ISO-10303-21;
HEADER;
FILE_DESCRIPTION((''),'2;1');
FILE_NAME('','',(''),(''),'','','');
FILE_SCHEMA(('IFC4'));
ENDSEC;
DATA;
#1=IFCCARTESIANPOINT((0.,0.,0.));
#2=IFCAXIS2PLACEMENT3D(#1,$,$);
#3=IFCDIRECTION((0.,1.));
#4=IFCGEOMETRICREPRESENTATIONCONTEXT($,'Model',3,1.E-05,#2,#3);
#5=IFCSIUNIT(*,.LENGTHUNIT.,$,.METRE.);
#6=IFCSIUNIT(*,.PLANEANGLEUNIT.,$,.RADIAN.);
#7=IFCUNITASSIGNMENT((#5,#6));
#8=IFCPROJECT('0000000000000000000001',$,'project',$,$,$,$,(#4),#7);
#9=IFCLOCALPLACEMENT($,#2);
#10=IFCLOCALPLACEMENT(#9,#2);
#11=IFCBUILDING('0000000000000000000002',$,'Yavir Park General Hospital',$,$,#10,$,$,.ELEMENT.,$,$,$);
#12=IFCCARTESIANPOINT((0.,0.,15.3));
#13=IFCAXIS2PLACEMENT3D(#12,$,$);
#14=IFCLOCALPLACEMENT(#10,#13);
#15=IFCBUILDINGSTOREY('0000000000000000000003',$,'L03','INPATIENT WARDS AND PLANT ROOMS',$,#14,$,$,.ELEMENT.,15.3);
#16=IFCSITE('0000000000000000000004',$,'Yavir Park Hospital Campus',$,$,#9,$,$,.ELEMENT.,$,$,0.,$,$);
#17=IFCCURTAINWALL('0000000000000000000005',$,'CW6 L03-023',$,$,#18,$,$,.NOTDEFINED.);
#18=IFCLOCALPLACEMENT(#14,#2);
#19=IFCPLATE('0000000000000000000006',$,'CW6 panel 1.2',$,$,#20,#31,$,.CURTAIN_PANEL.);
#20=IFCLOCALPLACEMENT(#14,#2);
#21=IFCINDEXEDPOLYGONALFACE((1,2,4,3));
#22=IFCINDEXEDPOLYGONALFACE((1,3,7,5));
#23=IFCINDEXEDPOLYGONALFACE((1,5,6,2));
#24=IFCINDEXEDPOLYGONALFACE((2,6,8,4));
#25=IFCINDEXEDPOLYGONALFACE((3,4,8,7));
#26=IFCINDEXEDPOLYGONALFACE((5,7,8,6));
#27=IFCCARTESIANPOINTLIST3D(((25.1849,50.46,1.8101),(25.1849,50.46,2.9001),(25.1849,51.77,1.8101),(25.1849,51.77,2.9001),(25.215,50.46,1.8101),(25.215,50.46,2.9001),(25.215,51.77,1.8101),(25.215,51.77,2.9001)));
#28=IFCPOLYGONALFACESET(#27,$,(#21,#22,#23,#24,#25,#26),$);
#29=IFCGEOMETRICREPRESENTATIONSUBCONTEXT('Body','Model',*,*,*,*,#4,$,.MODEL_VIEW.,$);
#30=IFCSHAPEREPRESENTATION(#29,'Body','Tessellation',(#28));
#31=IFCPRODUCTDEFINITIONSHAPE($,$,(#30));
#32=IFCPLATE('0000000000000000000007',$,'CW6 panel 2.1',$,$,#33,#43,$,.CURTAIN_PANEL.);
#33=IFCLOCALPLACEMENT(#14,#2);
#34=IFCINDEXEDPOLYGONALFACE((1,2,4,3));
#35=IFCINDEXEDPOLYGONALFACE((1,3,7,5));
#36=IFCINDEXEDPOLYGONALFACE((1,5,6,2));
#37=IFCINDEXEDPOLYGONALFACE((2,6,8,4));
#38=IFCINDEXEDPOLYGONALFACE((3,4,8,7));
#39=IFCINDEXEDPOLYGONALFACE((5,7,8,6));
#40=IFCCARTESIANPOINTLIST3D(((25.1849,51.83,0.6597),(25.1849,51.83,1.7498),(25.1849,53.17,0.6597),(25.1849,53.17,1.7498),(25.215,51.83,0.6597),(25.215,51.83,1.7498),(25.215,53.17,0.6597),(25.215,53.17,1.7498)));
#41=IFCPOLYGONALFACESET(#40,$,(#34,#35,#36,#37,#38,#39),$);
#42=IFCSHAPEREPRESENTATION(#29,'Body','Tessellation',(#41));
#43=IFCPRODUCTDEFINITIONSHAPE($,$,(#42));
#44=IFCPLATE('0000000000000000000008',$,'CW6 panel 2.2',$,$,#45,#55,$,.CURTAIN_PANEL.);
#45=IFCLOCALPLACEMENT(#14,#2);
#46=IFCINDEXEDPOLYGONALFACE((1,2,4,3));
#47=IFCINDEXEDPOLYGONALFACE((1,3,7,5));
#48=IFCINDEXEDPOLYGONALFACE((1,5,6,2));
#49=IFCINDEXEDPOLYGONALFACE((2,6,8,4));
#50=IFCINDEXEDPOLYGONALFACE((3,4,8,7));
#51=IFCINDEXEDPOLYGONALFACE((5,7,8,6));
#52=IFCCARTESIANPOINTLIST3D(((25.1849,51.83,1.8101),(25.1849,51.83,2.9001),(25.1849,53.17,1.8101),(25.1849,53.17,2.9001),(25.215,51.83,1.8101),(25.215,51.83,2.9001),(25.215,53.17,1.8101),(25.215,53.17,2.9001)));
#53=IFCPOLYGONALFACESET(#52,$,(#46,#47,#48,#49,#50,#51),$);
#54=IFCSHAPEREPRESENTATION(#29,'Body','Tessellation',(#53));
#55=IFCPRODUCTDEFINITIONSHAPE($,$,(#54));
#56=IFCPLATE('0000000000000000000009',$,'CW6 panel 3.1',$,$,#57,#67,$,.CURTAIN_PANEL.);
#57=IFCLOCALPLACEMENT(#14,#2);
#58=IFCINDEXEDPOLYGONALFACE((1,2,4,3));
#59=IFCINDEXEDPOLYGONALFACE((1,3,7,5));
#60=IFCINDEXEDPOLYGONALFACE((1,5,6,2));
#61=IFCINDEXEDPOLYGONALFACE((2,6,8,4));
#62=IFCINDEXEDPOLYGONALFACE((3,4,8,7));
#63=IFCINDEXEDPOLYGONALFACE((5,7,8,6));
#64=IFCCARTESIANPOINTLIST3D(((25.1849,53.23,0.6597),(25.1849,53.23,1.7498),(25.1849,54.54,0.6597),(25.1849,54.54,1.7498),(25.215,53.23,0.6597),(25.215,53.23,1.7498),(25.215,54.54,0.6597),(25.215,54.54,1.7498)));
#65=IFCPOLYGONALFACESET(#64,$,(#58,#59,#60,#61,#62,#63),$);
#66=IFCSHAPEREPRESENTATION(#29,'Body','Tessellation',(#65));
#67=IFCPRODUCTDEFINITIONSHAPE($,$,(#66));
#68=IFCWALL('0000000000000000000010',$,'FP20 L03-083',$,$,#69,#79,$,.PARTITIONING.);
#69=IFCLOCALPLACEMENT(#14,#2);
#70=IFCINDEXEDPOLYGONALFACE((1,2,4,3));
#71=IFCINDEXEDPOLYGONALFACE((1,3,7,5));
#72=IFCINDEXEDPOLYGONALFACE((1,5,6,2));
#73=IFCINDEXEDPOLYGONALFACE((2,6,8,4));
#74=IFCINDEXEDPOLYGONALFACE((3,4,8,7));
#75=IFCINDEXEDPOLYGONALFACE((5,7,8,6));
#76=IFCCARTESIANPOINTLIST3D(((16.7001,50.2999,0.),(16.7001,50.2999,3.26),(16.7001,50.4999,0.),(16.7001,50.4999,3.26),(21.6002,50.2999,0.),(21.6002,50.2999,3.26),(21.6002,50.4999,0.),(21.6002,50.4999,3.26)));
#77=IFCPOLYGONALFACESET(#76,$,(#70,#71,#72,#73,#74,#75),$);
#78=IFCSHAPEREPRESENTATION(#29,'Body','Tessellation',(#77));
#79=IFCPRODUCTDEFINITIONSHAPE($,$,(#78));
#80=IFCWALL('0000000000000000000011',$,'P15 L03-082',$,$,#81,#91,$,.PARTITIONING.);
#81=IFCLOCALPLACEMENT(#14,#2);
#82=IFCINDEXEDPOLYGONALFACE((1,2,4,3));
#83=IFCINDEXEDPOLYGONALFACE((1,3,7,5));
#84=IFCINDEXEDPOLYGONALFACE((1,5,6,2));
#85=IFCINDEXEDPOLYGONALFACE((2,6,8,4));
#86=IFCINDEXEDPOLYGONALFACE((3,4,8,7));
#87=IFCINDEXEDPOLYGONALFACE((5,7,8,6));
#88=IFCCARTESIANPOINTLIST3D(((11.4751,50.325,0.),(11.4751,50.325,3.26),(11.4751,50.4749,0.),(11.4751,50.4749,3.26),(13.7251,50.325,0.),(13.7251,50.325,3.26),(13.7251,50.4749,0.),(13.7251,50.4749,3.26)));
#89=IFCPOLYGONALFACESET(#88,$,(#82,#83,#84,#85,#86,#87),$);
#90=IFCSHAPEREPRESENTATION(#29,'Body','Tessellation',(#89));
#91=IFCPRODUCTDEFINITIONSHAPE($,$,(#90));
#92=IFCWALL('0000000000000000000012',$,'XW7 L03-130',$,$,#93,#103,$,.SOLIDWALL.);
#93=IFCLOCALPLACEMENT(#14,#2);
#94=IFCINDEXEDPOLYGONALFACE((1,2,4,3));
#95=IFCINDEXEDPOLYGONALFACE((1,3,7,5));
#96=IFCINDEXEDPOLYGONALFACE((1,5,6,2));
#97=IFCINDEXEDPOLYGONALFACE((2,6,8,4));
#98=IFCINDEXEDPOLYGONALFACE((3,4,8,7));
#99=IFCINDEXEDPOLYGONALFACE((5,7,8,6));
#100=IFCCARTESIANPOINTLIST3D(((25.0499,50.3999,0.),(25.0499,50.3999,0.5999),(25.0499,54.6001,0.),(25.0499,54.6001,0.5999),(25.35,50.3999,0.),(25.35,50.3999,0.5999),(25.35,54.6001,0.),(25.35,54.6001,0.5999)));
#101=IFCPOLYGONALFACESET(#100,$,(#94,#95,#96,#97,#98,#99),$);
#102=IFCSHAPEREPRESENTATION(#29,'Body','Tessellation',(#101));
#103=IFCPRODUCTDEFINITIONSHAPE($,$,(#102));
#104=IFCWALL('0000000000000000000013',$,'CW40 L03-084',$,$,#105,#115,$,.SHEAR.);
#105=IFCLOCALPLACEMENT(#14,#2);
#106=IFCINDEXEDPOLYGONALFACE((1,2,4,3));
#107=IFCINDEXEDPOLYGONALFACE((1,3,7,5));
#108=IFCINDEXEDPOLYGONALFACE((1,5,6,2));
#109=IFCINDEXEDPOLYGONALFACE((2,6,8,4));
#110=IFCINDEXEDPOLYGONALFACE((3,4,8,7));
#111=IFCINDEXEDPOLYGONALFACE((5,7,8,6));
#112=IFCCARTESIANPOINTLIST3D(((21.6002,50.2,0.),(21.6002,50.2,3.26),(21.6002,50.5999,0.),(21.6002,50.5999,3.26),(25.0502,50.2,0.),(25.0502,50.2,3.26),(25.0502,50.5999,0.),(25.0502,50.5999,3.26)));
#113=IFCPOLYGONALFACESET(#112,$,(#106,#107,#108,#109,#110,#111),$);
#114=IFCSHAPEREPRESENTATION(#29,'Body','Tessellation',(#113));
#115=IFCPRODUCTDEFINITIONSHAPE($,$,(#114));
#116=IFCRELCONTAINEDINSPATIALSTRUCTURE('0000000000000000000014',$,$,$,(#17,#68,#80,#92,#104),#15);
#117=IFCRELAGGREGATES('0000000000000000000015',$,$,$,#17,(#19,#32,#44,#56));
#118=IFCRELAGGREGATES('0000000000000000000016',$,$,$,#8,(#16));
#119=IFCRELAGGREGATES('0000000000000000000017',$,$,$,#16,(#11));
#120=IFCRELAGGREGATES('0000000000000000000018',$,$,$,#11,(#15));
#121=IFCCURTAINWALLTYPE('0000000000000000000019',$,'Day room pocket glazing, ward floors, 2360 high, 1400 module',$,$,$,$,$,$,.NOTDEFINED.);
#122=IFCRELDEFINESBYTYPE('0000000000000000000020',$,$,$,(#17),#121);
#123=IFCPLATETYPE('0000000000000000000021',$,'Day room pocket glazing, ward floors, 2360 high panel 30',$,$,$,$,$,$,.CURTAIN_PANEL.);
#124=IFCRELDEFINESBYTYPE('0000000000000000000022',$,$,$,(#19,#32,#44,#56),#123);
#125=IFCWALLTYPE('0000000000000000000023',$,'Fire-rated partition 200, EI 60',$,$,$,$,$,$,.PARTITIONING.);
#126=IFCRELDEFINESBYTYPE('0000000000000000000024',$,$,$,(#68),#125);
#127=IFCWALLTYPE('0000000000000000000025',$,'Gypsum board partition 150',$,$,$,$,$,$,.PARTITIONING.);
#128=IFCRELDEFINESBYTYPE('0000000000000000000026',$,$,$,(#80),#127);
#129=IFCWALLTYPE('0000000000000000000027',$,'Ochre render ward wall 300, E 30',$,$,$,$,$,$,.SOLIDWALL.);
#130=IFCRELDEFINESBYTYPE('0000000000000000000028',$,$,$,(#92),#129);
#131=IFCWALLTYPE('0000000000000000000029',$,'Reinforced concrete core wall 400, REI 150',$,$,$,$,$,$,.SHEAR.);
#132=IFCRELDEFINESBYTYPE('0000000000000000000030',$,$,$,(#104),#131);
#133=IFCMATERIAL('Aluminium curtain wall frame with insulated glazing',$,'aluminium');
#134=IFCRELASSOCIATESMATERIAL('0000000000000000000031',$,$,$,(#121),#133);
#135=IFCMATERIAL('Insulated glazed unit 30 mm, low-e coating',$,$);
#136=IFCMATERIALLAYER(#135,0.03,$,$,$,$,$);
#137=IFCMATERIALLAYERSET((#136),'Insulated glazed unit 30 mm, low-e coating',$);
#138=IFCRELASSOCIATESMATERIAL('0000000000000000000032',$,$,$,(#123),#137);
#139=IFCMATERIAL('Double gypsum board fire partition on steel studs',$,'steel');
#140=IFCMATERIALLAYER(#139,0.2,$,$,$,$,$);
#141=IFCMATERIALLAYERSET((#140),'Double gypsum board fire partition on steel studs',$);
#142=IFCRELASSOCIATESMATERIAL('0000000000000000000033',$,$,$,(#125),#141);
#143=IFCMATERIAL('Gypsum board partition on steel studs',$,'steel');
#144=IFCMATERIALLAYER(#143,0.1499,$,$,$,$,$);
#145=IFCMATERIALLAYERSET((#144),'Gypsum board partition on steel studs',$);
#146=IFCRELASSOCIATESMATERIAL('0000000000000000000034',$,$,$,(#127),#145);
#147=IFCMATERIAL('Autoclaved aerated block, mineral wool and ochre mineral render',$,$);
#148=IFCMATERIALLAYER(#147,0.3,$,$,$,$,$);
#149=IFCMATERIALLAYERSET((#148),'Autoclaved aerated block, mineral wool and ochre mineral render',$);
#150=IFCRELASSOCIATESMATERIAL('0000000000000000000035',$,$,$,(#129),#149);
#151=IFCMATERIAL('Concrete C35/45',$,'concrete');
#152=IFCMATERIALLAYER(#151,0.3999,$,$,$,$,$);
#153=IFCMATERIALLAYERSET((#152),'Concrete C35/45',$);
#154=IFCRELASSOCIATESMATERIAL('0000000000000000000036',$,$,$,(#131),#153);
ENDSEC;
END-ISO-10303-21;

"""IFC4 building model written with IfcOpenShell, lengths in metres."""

from ifc_helpers import new_model, si_unit, direction, frame, frame_2d, origin, origin_2d, place, context, subcontext, project, spatial, rectangle, extrude, material, layer, layer_set, type_object, element, aggregate, save


model = new_model("IFC4")

# Units and contexts
model_context = context("Model", 3, precision=1e-05, world=origin(), true_north=direction((0.0, 1.0)))
body_context = subcontext(model_context, "Body", "Model", "MODEL_VIEW")
ifc_project = project(units=[si_unit("LENGTHUNIT", "METRE"), si_unit("PLANEANGLEUNIT", "RADIAN")], contexts=[model_context])

# Site, building, storey
site_placement = place(None, origin())
site = spatial("IfcSite", under=ifc_project, at=site_placement, Name="Yavir Park Hospital Campus", CompositionType="ELEMENT", RefElevation=0.0)
building_placement = place(site_placement, origin())
building = spatial("IfcBuilding", under=site, at=building_placement, Name="Yavir Park General Hospital", CompositionType="ELEMENT")
storey_placement = place(building_placement, frame((0.0, 0.0, 15.3)))
storey = spatial("IfcBuildingStorey", under=building, at=storey_placement, Name="L03", Description="INPATIENT WARDS AND PLANT ROOMS", CompositionType="ELEMENT", Elevation=15.3)

# Curtain wall
ifc_material_1 = material(Name="Aluminium curtain wall frame with insulated glazing", Category="aluminium")
curtain_wall_type = type_object("IfcCurtainWallType", Name="Day room pocket glazing, ward floors, 2360 high, 1400 module", PredefinedType="NOTDEFINED", material=ifc_material_1)
curtain_wall_placement = place(storey_placement, origin())
curtain_wall = element("IfcCurtainWall", 1, at=curtain_wall_placement, inside=storey, type_object=curtain_wall_type, Name="CW6 L03-023", PredefinedType="NOTDEFINED")

# Plates
ifc_material_2 = material(Name="Insulated glazed unit 30 mm, low-e coating")
ifc_layer_1 = layer(ifc_material_2, 0.03)
ifc_layer_set_1 = layer_set([ifc_layer_1], Name="Insulated glazed unit 30 mm, low-e coating")
plate_type = type_object("IfcPlateType", Name="Day room pocket glazing, ward floors, 2360 high panel 30", PredefinedType="CURTAIN_PANEL", material=ifc_layer_set_1)
plate_1_placement = place(storey_placement, frame((25.2, 51.115, 1.8101), z_axis=(0.0, 0.0, 1.0), x_axis=(0.0, 1.0, 0.0)))
plate_1 = element("IfcPlate", 2, at=plate_1_placement, type_object=plate_type, Name="CW6 panel 1.2", PredefinedType="CURTAIN_PANEL", context=body_context, shape_type="SweptSolid", body=[
    extrude(rectangle(XDim=1.3101, YDim=0.03, at=origin_2d()), origin(), (0.0, 0.0, 1.0), 1.0901),
])
plate_2_placement = place(storey_placement, frame((25.2, 52.5, 0.6597), z_axis=(0.0, 0.0, 1.0), x_axis=(0.0, 1.0, 0.0)))
plate_2 = element("IfcPlate", 3, at=plate_2_placement, type_object=plate_type, Name="CW6 panel 2.1", PredefinedType="CURTAIN_PANEL", context=body_context, shape_type="SweptSolid", body=[
    extrude(rectangle(XDim=1.3401, YDim=0.03, at=origin_2d()), origin(), (0.0, 0.0, 1.0), 1.0901),
])
plate_3_placement = place(storey_placement, frame((25.2, 52.5, 1.8101), z_axis=(0.0, 0.0, 1.0), x_axis=(0.0, 1.0, 0.0)))
plate_3 = element("IfcPlate", 4, at=plate_3_placement, type_object=plate_type, Name="CW6 panel 2.2", PredefinedType="CURTAIN_PANEL", context=body_context, shape_type="SweptSolid", body=[
    extrude(rectangle(XDim=1.3401, YDim=0.03, at=origin_2d()), origin(), (0.0, 0.0, 1.0), 1.0901),
])
plate_4_placement = place(storey_placement, frame((25.2, 53.885, 0.6597), z_axis=(0.0, 0.0, 1.0), x_axis=(0.0, 1.0, 0.0)))
plate_4 = element("IfcPlate", 5, at=plate_4_placement, type_object=plate_type, Name="CW6 panel 3.1", PredefinedType="CURTAIN_PANEL", context=body_context, shape_type="SweptSolid", body=[
    extrude(rectangle(XDim=1.3101, YDim=0.03, at=origin_2d()), origin(), (0.0, 0.0, 1.0), 1.0901),
])
aggregate(curtain_wall, [plate_1, plate_2, plate_3, plate_4])

# Walls
ifc_material_3 = material(Name="Double gypsum board fire partition on steel studs", Category="steel")
ifc_layer_2 = layer(ifc_material_3, 0.2)
ifc_layer_set_2 = layer_set([ifc_layer_2], Name="Double gypsum board fire partition on steel studs")
wall_type_1 = type_object("IfcWallType", Name="Fire-rated partition 200, EI 60", PredefinedType="PARTITIONING", material=ifc_layer_set_2)
wall_1_placement = place(storey_placement, frame((16.7, 50.3999, 0.0), z_axis=(0.0, 0.0, 1.0), x_axis=(1.0, 0.0, 0.0)))
element("IfcWall", 6, at=wall_1_placement, inside=storey, type_object=wall_type_1, Name="FP20 L03-083", PredefinedType="PARTITIONING", context=body_context, shape_type="SweptSolid", body=[
    extrude(rectangle(XDim=4.9001, YDim=0.2, at=frame_2d((2.4502, 0.0))), origin(), (0.0, 0.0, 1.0), 3.26),
])
ifc_material_4 = material(Name="Gypsum board partition on steel studs", Category="steel")
ifc_layer_3 = layer(ifc_material_4, 0.1499)
ifc_layer_set_3 = layer_set([ifc_layer_3], Name="Gypsum board partition on steel studs")
wall_type_2 = type_object("IfcWallType", Name="Gypsum board partition 150", PredefinedType="PARTITIONING", material=ifc_layer_set_3)
wall_2_placement = place(storey_placement, frame((11.4751, 50.3999, 0.0), z_axis=(0.0, 0.0, 1.0), x_axis=(1.0, 0.0, 0.0)))
element("IfcWall", 7, at=wall_2_placement, inside=storey, type_object=wall_type_2, Name="P15 L03-082", PredefinedType="PARTITIONING", context=body_context, shape_type="SweptSolid", body=[
    extrude(rectangle(XDim=2.25, YDim=0.1499, at=frame_2d((1.125, 0.0))), origin(), (0.0, 0.0, 1.0), 3.26),
])
ifc_material_5 = material(Name="Autoclaved aerated block, mineral wool and ochre mineral render")
ifc_layer_4 = layer(ifc_material_5, 0.3)
ifc_layer_set_4 = layer_set([ifc_layer_4], Name="Autoclaved aerated block, mineral wool and ochre mineral render")
wall_type_3 = type_object("IfcWallType", Name="Ochre render ward wall 300, E 30", PredefinedType="SOLIDWALL", material=ifc_layer_set_4)
wall_3_placement = place(storey_placement, frame((25.2, 50.3999, 0.0), z_axis=(0.0, 0.0, 1.0), x_axis=(0.0, 1.0, 0.0)))
element("IfcWall", 8, at=wall_3_placement, inside=storey, type_object=wall_type_3, Name="XW7 L03-130", PredefinedType="SOLIDWALL", context=body_context, shape_type="SweptSolid", body=[
    extrude(rectangle(XDim=4.2002, YDim=0.3, at=frame_2d((2.1001, 0.0))), origin(), (0.0, 0.0, 1.0), 0.5999),
])
ifc_material_6 = material(Name="Concrete C35/45", Category="concrete")
ifc_layer_5 = layer(ifc_material_6, 0.3999)
ifc_layer_set_5 = layer_set([ifc_layer_5], Name="Concrete C35/45")
wall_type_4 = type_object("IfcWallType", Name="Reinforced concrete core wall 400, REI 150", PredefinedType="SHEAR", material=ifc_layer_set_5)
wall_4_placement = place(storey_placement, frame((21.6001, 50.3999, 0.0), z_axis=(0.0, 0.0, 1.0), x_axis=(1.0, 0.0, 0.0)))
element("IfcWall", 9, at=wall_4_placement, inside=storey, type_object=wall_type_4, Name="CW40 L03-084", PredefinedType="SHEAR", context=body_context, shape_type="SweptSolid", body=[
    extrude(rectangle(XDim=3.45, YDim=0.3999, at=frame_2d((1.7251, 0.0))), origin(), (0.0, 0.0, 1.0), 3.26),
])

save(model, "model.ifc")
